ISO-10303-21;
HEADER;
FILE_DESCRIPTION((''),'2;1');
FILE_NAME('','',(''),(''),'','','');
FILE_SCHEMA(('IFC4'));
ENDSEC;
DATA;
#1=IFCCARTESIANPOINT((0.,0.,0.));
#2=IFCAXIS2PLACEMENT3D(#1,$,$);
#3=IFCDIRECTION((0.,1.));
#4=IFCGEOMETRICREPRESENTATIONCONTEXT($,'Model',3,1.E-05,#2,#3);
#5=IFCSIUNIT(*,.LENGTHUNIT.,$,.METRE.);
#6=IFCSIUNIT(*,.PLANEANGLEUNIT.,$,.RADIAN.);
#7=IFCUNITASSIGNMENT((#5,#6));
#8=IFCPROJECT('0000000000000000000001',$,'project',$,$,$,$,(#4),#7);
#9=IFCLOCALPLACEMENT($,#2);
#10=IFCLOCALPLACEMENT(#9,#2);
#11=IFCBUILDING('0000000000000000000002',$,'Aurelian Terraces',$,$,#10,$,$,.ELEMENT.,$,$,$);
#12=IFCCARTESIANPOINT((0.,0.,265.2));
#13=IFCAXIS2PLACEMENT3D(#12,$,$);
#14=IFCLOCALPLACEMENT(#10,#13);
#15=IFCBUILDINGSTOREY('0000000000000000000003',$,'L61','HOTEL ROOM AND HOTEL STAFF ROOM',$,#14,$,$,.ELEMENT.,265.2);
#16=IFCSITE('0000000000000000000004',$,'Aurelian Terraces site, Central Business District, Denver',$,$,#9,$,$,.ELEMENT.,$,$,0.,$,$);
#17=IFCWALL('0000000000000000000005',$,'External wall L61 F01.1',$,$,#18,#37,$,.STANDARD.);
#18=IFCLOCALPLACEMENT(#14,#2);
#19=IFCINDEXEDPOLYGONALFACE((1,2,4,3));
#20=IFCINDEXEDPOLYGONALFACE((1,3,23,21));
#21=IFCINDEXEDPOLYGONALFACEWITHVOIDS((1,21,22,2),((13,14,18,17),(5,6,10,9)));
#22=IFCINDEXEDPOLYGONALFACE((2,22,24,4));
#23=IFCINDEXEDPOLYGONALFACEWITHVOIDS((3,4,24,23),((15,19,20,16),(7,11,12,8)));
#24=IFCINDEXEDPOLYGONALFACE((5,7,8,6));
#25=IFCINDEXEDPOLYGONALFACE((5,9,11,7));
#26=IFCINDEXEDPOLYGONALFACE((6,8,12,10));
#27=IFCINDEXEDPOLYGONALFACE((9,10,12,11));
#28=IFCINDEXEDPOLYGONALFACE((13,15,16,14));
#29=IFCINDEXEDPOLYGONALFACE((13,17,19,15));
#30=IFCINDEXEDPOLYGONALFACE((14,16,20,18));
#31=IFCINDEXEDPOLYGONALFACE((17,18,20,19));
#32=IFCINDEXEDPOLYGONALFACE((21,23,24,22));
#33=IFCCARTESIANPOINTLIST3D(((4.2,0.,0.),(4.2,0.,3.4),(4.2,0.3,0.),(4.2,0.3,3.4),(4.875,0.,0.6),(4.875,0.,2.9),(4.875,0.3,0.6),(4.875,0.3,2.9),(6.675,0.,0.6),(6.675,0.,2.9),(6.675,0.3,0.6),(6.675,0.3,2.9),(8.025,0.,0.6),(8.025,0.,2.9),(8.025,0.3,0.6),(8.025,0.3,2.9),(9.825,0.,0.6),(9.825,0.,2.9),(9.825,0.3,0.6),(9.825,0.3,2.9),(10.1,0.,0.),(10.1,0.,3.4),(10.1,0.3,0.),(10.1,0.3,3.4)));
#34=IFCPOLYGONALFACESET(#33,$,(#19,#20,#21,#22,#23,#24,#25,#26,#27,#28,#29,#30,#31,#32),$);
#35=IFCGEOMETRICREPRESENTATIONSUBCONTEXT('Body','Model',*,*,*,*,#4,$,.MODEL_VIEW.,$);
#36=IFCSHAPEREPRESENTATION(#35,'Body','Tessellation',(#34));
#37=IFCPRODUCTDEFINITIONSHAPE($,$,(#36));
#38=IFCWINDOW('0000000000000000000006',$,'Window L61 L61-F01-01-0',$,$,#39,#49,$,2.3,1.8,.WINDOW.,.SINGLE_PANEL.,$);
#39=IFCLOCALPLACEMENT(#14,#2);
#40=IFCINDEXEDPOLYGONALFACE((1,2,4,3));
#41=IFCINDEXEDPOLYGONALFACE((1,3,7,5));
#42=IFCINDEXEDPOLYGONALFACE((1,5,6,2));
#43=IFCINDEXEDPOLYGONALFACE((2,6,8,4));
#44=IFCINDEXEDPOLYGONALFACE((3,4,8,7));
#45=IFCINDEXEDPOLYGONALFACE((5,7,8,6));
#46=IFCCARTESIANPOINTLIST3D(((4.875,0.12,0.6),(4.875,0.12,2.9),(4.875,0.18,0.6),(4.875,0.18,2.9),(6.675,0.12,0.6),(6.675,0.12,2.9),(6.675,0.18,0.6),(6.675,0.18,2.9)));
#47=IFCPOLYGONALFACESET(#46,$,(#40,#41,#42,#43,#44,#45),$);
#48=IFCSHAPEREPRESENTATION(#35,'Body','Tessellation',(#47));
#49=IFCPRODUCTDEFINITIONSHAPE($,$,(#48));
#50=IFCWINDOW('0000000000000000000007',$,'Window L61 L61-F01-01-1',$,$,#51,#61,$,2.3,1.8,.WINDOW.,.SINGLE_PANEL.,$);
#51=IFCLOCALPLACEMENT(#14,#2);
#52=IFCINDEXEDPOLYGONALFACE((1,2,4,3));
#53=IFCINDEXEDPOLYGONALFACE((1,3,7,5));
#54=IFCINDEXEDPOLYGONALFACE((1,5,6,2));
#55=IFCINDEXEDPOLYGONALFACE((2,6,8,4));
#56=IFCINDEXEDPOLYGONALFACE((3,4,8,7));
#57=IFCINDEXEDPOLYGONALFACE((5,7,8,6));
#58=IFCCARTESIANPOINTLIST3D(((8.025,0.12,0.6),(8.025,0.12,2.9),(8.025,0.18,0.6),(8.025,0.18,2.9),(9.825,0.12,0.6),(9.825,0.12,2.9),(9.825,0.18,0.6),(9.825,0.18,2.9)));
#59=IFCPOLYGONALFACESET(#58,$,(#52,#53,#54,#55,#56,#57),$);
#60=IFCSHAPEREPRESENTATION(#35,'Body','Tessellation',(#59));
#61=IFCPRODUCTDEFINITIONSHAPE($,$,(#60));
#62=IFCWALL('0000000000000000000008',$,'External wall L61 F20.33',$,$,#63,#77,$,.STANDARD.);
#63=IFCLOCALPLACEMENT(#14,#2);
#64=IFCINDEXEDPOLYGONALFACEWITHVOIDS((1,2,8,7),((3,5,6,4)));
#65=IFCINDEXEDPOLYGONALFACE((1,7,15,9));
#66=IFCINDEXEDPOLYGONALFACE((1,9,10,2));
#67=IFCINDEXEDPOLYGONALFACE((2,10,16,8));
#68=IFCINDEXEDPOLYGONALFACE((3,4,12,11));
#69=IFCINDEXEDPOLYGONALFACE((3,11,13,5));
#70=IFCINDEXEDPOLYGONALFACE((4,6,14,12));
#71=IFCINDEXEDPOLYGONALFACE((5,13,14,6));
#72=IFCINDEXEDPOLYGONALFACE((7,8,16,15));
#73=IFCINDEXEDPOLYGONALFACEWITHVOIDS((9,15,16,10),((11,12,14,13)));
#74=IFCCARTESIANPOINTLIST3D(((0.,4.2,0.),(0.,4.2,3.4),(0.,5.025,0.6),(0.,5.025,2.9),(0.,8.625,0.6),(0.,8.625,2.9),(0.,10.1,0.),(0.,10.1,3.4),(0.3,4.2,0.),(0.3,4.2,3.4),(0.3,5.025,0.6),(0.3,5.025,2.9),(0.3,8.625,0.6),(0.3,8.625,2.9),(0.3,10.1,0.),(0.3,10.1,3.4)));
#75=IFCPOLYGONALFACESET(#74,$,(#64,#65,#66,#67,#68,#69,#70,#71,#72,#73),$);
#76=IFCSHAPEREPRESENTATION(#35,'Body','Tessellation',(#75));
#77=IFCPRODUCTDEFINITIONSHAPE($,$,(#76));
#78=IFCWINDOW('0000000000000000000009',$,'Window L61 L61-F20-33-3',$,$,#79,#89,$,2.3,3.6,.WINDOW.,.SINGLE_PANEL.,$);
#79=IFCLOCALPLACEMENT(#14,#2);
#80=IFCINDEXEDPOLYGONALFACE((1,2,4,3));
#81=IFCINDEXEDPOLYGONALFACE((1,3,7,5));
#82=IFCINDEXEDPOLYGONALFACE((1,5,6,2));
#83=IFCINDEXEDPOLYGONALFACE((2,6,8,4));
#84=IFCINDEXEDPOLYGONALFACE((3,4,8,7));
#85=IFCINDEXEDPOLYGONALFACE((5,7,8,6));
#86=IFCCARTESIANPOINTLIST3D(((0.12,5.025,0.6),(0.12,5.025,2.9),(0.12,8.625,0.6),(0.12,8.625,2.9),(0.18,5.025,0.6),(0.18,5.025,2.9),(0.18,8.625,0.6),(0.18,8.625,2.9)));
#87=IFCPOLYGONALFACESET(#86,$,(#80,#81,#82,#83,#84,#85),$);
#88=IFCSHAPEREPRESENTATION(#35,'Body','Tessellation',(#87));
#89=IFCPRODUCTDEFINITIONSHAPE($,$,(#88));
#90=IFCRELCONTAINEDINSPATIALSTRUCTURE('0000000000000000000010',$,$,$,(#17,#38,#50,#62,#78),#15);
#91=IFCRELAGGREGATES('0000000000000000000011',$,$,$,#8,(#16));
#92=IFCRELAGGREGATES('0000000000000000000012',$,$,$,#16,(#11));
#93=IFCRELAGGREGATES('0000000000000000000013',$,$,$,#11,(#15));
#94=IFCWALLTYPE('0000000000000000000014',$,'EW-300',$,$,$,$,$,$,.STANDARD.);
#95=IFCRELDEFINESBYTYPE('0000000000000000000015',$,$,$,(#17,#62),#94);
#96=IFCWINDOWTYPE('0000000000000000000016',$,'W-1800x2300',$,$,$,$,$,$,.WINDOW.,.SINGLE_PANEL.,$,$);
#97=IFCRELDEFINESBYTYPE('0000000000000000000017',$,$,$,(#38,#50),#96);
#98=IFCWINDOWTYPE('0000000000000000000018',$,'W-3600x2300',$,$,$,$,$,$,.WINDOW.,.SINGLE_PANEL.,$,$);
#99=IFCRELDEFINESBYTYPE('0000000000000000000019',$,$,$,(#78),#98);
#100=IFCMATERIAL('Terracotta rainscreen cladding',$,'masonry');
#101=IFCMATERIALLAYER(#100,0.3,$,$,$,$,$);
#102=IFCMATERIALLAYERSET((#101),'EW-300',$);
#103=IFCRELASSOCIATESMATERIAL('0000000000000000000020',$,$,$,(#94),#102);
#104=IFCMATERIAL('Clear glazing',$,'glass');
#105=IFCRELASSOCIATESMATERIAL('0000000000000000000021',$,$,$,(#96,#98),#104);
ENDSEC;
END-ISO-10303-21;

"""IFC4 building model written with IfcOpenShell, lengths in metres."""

from ifc_helpers import new_model, si_unit, direction, frame, frame_2d, origin, place, context, subcontext, project, spatial, rectangle, extrude, source, transform, mapped, material, layer, layer_set, type_object, element, fill, save


model = new_model("IFC4")

# Units and contexts
model_context = context("Model", 3, precision=1e-05, world=origin(), true_north=direction((0.0, 1.0)))
body_context = subcontext(model_context, "Body", "Model", "MODEL_VIEW")
ifc_project = project(units=[si_unit("LENGTHUNIT", "METRE"), si_unit("PLANEANGLEUNIT", "RADIAN")], contexts=[model_context])

# Site, building, storey
site_placement = place(None, origin())
site = spatial("IfcSite", under=ifc_project, at=site_placement, Name="Aurelian Terraces site, Central Business District, Denver", CompositionType="ELEMENT", RefElevation=0.0)
building_placement = place(site_placement, origin())
building = spatial("IfcBuilding", under=site, at=building_placement, Name="Aurelian Terraces", CompositionType="ELEMENT")
storey_placement = place(building_placement, frame((0.0, 0.0, 265.2)))
storey = spatial("IfcBuildingStorey", under=building, at=storey_placement, Name="L61", Description="HOTEL ROOM AND HOTEL STAFF ROOM", CompositionType="ELEMENT", Elevation=265.2)

# Shared definitions
ifc_material_1 = material(Name="Terracotta rainscreen cladding", Category="masonry")
ifc_layer_1 = layer(ifc_material_1, 0.3)
ifc_layer_set_1 = layer_set([ifc_layer_1], Name="EW-300")
wall_type_1 = type_object("IfcWallType", Name="EW-300", PredefinedType="STANDARD", material=ifc_layer_set_1)
shared_shape_1 = source(origin(), body_context, "Body", "SweptSolid", [
    extrude(rectangle(XDim=1.8, YDim=2.3, at=frame_2d((0.9, 1.15))), frame((0.0, 0.16, 0.0), z_axis=(0.0, -1.0, 0.0), x_axis=(1.0, 0.0, 0.0)), (0.0, 0.0, 1.0), 0.32),
])
ifc_material_2 = material(Name="Clear glazing", Category="glass")
window_type_1 = type_object("IfcWindowType", Name="W-1800x2300", PartitioningType="SINGLE_PANEL", PredefinedType="WINDOW", material=ifc_material_2)
shared_shape_2 = source(origin(), body_context, "Body", "SweptSolid", [
    extrude(rectangle(XDim=1.8, YDim=2.3, at=frame_2d((0.9, 1.15))), frame((0.0, 0.03, 0.0), z_axis=(0.0, -1.0, 0.0), x_axis=(1.0, 0.0, 0.0)), (0.0, 0.0, 1.0), 0.06),
])

# Wall, openings, windows
shared_shape_3 = source(origin(), body_context, "Body", "SweptSolid", [
    extrude(rectangle(XDim=5.9, YDim=0.3, at=frame_2d((2.95, 0.0))), origin(), (0.0, 0.0, 1.0), 3.4),
])
wall_1_placement = place(storey_placement, frame((4.2, 0.15, 0.0), z_axis=(0.0, 0.0, 1.0), x_axis=(1.0, 0.0, 0.0)))
wall_1 = element("IfcWall", 1, at=wall_1_placement, inside=storey, type_object=wall_type_1, Name="External wall L61 F01.1", PredefinedType="STANDARD", context=body_context, shape_type="MappedRepresentation", body=[
    mapped(shared_shape_3, transform((0.0, 0.0, 0.0), scale=1.0)),
])
opening_1_placement = place(wall_1_placement, frame((0.675, 0.0, 0.6)))
opening_1 = element("IfcOpeningElement", 2, at=opening_1_placement, cuts=wall_1, PredefinedType="OPENING", context=body_context, shape_type="MappedRepresentation", body=[
    mapped(shared_shape_1, transform((0.0, 0.0, 0.0), scale=1.0)),
])
opening_2_placement = place(wall_1_placement, frame((3.825, 0.0, 0.6)))
opening_2 = element("IfcOpeningElement", 3, at=opening_2_placement, cuts=wall_1, PredefinedType="OPENING", context=body_context, shape_type="MappedRepresentation", body=[
    mapped(shared_shape_1, transform((0.0, 0.0, 0.0), scale=1.0)),
])
window_1_placement = place(opening_1_placement, origin())
window_1 = element("IfcWindow", 4, at=window_1_placement, inside=storey, type_object=window_type_1, Name="Window L61 L61-F01-01-0", OverallHeight=2.3, OverallWidth=1.8, PartitioningType="SINGLE_PANEL", PredefinedType="WINDOW", context=body_context, shape_type="MappedRepresentation", body=[
    mapped(shared_shape_2, transform((0.0, 0.0, 0.0), scale=1.0)),
])
fill(opening_1, window_1)
window_2_placement = place(opening_2_placement, origin())
window_2 = element("IfcWindow", 5, at=window_2_placement, inside=storey, type_object=window_type_1, Name="Window L61 L61-F01-01-1", OverallHeight=2.3, OverallWidth=1.8, PartitioningType="SINGLE_PANEL", PredefinedType="WINDOW", context=body_context, shape_type="MappedRepresentation", body=[
    mapped(shared_shape_2, transform((0.0, 0.0, 0.0), scale=1.0)),
])
fill(opening_2, window_2)

# Wall, opening, window
wall_2_placement = place(storey_placement, frame((0.15, 10.1, 0.0), z_axis=(0.0, 0.0, 1.0), x_axis=(0.0, -1.0, 0.0)))
wall_2 = element("IfcWall", 6, at=wall_2_placement, inside=storey, type_object=wall_type_1, Name="External wall L61 F20.33", PredefinedType="STANDARD", context=body_context, shape_type="MappedRepresentation", body=[
    mapped(shared_shape_3, transform((0.0, 0.0, 0.0), scale=1.0)),
])
shared_shape_4 = source(origin(), body_context, "Body", "SweptSolid", [
    extrude(rectangle(XDim=3.6, YDim=2.3, at=frame_2d((1.8, 1.15))), frame((0.0, 0.16, 0.0), z_axis=(0.0, -1.0, 0.0), x_axis=(1.0, 0.0, 0.0)), (0.0, 0.0, 1.0), 0.32),
])
opening_3_placement = place(wall_2_placement, frame((1.475, 0.0, 0.6)))
opening_3 = element("IfcOpeningElement", 7, at=opening_3_placement, cuts=wall_2, PredefinedType="OPENING", context=body_context, shape_type="MappedRepresentation", body=[
    mapped(shared_shape_4, transform((0.0, 0.0, 0.0), scale=1.0)),
])
window_type_2 = type_object("IfcWindowType", Name="W-3600x2300", PartitioningType="SINGLE_PANEL", PredefinedType="WINDOW", material=ifc_material_2)
shared_shape_5 = source(origin(), body_context, "Body", "SweptSolid", [
    extrude(rectangle(XDim=3.6, YDim=2.3, at=frame_2d((1.8, 1.15))), frame((0.0, 0.03, 0.0), z_axis=(0.0, -1.0, 0.0), x_axis=(1.0, 0.0, 0.0)), (0.0, 0.0, 1.0), 0.06),
])
window_3_placement = place(opening_3_placement, origin())
window_3 = element("IfcWindow", 8, at=window_3_placement, inside=storey, type_object=window_type_2, Name="Window L61 L61-F20-33-3", OverallHeight=2.3, OverallWidth=3.6, PartitioningType="SINGLE_PANEL", PredefinedType="WINDOW", context=body_context, shape_type="MappedRepresentation", body=[
    mapped(shared_shape_5, transform((0.0, 0.0, 0.0), scale=1.0)),
])
fill(opening_3, window_3)

save(model, "model.ifc")
